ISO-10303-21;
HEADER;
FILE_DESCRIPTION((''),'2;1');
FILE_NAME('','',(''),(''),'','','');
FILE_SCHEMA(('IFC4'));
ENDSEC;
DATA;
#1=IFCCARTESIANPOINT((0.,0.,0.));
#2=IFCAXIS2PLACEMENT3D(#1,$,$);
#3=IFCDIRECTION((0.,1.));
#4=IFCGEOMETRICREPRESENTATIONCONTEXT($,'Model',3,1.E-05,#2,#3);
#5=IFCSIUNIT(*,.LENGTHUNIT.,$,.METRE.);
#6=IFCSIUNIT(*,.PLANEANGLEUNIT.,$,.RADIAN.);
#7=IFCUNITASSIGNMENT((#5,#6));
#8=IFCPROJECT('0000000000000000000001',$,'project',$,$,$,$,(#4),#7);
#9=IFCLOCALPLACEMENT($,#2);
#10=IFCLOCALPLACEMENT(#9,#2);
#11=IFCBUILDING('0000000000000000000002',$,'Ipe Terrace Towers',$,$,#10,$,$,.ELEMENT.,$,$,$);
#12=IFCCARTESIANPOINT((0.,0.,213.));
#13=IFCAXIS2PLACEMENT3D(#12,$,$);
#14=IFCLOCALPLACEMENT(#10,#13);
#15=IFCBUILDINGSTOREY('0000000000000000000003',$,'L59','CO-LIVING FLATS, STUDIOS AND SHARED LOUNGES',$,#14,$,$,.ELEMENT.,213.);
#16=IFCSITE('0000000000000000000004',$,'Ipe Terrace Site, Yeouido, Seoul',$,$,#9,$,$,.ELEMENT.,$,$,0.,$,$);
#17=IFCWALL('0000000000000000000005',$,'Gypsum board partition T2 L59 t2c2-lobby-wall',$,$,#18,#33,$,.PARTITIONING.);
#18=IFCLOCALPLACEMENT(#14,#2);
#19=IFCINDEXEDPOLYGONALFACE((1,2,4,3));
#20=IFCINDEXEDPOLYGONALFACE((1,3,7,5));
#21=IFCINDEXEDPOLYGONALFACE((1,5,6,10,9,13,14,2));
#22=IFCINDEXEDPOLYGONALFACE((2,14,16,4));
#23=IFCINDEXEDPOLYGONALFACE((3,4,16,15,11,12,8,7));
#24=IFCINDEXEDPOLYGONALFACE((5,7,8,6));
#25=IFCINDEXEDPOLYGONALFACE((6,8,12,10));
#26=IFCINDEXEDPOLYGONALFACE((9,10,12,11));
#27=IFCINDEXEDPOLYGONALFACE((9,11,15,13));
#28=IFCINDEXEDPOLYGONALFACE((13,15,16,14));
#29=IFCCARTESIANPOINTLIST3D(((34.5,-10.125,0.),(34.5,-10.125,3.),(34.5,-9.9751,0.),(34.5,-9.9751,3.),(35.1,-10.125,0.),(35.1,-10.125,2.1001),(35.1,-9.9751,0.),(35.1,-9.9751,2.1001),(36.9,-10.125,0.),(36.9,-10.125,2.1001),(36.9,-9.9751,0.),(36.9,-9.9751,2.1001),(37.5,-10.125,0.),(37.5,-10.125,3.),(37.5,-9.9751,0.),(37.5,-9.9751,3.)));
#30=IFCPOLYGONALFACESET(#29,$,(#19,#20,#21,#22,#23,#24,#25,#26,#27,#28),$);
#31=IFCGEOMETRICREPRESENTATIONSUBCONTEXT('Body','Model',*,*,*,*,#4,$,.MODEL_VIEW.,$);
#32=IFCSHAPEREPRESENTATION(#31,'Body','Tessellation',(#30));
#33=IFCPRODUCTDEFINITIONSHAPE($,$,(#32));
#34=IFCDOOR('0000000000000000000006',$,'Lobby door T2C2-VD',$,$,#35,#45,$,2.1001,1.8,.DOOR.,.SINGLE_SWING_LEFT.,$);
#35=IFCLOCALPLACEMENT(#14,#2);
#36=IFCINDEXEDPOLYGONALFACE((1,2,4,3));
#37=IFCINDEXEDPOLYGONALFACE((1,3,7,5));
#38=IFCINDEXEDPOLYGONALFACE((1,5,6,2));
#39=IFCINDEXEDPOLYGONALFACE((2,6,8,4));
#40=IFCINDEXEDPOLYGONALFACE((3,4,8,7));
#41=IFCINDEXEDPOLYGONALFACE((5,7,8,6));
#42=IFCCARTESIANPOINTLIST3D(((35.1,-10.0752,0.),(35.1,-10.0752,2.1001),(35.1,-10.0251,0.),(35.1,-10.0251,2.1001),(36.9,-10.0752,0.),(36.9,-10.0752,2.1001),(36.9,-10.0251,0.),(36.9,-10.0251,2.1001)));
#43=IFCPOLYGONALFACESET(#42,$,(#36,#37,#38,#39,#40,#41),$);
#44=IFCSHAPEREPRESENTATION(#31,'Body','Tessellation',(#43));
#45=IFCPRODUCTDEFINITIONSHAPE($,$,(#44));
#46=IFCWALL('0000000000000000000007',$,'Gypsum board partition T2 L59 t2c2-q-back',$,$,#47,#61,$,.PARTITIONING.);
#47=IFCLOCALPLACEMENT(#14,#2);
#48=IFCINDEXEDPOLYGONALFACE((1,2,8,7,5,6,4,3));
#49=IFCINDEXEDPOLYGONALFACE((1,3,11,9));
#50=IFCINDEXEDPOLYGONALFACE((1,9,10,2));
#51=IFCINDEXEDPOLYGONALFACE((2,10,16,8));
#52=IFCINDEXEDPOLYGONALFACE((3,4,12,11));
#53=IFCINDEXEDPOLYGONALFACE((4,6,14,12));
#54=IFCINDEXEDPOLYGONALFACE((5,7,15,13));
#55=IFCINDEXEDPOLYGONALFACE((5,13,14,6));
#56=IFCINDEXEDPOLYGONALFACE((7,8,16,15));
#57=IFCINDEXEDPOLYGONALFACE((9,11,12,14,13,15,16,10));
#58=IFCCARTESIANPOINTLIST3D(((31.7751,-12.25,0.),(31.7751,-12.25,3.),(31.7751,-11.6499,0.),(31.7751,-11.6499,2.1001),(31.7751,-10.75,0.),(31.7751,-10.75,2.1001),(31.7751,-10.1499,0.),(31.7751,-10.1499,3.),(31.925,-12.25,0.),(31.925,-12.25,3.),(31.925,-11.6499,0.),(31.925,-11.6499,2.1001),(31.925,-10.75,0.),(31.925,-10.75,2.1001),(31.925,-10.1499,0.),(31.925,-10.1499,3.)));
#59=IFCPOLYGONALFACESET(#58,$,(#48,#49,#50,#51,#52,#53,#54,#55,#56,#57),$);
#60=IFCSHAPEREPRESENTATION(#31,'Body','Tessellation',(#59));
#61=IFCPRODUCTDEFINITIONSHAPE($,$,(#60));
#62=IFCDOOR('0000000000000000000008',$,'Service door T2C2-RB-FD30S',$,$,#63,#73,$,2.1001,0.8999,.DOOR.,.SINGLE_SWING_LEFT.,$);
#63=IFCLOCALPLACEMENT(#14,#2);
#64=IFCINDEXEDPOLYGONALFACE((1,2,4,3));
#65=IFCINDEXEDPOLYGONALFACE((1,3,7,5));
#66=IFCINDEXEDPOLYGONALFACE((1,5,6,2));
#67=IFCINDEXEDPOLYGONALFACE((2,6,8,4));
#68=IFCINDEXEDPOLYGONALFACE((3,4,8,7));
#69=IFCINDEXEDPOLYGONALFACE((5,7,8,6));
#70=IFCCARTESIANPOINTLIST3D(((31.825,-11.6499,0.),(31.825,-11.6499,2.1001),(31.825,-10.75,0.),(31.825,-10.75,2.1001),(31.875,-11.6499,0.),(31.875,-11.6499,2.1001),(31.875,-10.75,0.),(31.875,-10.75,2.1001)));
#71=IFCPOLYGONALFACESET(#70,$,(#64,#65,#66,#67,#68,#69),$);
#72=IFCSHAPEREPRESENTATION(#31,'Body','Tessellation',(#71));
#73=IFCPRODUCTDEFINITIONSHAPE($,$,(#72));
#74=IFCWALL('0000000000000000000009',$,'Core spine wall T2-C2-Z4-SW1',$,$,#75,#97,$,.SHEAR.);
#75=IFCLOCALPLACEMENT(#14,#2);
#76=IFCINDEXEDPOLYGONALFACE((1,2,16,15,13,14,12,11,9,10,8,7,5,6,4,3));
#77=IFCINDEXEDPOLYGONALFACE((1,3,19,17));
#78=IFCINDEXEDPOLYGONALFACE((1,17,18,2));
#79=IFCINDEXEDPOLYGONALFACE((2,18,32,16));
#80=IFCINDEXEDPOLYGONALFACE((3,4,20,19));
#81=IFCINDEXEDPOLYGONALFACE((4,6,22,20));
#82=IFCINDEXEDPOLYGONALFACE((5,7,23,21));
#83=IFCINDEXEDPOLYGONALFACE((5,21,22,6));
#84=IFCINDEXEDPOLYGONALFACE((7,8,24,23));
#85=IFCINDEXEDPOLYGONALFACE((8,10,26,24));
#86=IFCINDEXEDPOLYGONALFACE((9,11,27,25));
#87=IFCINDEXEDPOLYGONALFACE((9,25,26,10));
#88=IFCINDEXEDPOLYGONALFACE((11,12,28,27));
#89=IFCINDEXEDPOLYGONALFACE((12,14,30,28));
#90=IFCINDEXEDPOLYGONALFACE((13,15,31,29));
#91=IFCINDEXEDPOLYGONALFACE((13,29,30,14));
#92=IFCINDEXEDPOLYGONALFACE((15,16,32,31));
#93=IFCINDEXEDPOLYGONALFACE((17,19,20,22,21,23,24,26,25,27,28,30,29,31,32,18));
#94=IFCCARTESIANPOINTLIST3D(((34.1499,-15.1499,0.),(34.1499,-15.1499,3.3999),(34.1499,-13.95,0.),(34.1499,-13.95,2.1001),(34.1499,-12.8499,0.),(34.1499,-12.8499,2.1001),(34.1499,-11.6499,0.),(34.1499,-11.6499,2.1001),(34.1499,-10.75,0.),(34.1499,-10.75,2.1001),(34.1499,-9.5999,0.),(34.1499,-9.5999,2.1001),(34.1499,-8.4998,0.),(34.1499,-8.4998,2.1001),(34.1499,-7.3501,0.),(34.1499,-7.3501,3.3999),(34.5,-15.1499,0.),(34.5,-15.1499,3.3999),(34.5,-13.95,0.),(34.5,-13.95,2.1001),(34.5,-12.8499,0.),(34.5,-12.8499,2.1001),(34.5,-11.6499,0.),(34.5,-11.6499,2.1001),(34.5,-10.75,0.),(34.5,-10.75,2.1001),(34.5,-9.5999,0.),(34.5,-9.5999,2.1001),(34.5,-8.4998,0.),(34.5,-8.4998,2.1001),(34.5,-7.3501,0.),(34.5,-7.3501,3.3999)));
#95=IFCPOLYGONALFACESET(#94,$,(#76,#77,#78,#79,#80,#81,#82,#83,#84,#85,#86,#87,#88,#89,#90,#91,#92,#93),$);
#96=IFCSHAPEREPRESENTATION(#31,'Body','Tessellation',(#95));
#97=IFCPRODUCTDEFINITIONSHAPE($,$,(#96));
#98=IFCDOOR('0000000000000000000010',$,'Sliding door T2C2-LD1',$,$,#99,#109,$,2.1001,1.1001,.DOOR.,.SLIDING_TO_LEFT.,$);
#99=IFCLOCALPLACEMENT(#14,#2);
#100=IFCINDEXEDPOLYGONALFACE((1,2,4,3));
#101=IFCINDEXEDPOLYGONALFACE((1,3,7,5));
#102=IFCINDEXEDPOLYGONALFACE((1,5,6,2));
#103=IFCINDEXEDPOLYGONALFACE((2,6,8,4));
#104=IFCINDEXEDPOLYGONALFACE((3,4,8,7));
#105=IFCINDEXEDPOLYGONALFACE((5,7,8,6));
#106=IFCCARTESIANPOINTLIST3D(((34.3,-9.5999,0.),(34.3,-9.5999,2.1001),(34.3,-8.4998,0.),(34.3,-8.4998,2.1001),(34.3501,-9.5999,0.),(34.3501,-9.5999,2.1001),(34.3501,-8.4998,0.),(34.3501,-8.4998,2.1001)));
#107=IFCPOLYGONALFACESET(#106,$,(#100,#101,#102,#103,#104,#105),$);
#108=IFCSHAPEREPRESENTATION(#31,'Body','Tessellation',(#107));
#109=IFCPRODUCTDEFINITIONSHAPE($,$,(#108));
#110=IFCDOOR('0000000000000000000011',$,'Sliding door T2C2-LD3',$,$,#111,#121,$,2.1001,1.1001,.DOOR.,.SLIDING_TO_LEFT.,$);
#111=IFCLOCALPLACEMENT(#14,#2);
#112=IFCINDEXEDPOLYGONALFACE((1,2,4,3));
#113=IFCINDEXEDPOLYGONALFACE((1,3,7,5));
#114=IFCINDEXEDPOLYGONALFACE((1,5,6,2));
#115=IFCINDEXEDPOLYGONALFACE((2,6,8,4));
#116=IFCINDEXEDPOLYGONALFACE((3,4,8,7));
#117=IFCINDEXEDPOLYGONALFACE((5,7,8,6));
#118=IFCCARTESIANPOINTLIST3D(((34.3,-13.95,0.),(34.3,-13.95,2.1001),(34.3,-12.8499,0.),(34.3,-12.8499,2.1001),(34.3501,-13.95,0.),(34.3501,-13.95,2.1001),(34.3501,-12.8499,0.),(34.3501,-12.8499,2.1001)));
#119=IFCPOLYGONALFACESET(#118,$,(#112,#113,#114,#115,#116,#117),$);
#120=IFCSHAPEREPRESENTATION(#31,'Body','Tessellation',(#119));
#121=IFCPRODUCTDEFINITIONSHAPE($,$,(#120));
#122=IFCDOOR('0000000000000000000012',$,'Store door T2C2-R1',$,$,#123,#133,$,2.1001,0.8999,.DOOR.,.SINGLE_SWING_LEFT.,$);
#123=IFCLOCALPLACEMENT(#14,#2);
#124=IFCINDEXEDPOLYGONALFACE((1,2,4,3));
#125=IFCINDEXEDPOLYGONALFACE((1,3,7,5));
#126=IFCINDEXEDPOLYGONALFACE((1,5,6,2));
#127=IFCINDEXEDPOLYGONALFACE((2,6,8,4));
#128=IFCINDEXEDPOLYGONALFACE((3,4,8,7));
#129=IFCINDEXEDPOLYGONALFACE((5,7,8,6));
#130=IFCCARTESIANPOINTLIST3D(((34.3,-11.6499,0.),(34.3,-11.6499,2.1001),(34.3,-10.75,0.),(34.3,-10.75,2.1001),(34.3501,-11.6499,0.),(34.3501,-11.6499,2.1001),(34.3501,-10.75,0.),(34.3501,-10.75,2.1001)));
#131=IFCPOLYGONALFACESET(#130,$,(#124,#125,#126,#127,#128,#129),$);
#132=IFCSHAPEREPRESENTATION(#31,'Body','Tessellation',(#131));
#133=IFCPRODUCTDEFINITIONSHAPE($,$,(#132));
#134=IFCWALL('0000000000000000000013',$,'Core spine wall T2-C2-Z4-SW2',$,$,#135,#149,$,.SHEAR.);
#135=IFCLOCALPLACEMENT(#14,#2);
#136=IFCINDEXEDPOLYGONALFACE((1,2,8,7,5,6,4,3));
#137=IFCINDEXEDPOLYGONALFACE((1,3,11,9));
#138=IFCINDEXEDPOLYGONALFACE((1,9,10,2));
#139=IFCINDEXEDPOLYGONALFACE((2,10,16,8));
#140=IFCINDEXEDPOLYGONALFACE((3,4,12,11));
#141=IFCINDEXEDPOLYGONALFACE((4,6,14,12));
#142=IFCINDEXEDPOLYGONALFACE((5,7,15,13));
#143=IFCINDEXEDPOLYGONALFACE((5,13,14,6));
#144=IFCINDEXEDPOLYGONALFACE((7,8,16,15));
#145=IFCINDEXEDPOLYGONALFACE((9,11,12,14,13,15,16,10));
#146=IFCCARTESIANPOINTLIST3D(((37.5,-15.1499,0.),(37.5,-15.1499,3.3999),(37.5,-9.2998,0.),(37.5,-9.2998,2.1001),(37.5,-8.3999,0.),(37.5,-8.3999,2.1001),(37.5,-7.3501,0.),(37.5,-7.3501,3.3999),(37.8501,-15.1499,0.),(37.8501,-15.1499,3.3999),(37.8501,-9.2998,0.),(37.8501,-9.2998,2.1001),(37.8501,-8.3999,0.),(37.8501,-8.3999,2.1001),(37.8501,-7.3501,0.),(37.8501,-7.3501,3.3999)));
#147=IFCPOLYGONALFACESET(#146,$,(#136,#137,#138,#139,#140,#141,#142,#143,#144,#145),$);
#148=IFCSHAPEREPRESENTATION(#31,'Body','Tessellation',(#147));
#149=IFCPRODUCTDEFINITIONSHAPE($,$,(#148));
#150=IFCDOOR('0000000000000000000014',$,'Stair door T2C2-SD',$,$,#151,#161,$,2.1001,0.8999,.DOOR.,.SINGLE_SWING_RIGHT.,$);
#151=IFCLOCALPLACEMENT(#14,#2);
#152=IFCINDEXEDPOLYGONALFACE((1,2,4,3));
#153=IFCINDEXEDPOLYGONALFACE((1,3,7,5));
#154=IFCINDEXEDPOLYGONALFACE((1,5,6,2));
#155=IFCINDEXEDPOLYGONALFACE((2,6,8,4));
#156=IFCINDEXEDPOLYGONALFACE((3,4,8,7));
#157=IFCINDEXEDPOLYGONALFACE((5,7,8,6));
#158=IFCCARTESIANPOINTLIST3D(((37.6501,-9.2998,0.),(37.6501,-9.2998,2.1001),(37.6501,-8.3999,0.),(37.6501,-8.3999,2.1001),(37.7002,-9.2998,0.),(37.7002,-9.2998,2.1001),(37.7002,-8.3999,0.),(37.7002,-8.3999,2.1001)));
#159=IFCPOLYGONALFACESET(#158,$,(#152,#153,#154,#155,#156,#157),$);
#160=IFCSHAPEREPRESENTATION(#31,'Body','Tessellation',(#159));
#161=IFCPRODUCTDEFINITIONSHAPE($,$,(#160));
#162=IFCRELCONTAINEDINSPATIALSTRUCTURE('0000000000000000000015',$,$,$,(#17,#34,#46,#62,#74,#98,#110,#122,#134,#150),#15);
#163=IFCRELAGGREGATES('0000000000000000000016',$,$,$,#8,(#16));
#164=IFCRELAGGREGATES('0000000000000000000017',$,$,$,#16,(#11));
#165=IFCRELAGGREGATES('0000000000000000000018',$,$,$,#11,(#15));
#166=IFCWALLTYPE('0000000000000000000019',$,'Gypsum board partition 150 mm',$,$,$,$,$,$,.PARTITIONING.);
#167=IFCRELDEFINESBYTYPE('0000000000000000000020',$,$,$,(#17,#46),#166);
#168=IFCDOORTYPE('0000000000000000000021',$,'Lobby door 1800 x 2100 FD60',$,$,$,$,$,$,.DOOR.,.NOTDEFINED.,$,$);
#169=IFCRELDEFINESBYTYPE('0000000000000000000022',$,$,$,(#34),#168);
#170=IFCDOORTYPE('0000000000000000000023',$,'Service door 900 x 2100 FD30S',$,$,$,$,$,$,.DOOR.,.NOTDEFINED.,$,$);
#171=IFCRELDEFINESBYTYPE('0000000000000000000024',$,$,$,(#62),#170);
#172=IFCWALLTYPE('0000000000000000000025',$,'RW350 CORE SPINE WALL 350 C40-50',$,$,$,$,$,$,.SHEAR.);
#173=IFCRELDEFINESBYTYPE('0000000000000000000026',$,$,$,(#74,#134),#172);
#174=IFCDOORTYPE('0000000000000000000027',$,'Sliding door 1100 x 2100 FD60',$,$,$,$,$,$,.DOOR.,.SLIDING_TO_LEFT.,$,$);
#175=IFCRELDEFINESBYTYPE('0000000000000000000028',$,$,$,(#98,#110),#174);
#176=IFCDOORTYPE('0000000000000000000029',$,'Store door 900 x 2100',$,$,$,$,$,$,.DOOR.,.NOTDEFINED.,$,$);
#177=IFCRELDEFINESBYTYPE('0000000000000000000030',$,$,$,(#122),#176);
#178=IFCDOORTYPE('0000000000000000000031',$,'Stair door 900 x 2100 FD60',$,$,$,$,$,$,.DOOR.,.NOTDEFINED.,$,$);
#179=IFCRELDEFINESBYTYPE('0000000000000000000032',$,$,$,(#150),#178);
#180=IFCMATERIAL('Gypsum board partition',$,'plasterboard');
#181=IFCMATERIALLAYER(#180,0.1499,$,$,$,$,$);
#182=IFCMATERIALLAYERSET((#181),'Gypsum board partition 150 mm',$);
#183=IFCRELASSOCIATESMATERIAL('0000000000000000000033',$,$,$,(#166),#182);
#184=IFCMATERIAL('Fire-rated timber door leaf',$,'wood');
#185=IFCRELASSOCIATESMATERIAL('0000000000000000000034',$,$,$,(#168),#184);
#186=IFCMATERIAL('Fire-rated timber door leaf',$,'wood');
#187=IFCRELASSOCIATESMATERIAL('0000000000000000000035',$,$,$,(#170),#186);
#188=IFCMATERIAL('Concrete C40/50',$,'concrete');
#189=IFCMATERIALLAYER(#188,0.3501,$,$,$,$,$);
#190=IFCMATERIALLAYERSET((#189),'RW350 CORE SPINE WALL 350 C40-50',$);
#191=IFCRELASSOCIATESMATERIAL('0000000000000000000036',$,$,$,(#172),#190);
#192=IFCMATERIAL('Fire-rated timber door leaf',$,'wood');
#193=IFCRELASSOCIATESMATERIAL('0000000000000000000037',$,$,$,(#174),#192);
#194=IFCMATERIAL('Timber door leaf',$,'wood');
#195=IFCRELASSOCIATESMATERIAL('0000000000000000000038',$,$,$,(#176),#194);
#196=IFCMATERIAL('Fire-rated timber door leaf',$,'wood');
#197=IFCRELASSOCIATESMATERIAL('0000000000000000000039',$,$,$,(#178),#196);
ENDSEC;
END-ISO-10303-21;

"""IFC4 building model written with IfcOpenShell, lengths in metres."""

from ifc_helpers import new_model, si_unit, direction, frame, frame_2d, origin, place, context, subcontext, project, spatial, rectangle, extrude, material, layer, layer_set, type_object, element, fill, save


model = new_model("IFC4")

# Units and contexts
model_context = context("Model", 3, precision=1e-05, world=origin(), true_north=direction((0.0, 1.0)))
body_context = subcontext(model_context, "Body", "Model", "MODEL_VIEW")
ifc_project = project(units=[si_unit("LENGTHUNIT", "METRE"), si_unit("PLANEANGLEUNIT", "RADIAN")], contexts=[model_context])

# Site, building, storey
site_placement = place(None, origin())
site = spatial("IfcSite", under=ifc_project, at=site_placement, Name="Ipe Terrace Site, Yeouido, Seoul", CompositionType="ELEMENT", RefElevation=0.0)
building_placement = place(site_placement, origin())
building = spatial("IfcBuilding", under=site, at=building_placement, Name="Ipe Terrace Towers", CompositionType="ELEMENT")
storey_placement = place(building_placement, frame((0.0, 0.0, 213.0)))
storey = spatial("IfcBuildingStorey", under=building, at=storey_placement, Name="L59", Description="CO-LIVING FLATS, STUDIOS AND SHARED LOUNGES", CompositionType="ELEMENT", Elevation=213.0)

# Walls, openings, doors
ifc_material_1 = material(Name="Gypsum board partition", Category="plasterboard")
ifc_layer_1 = layer(ifc_material_1, 0.1499)
ifc_layer_set_1 = layer_set([ifc_layer_1], Name="Gypsum board partition 150 mm")
wall_type_1 = type_object("IfcWallType", Name="Gypsum board partition 150 mm", PredefinedType="PARTITIONING", material=ifc_layer_set_1)
wall_1_placement = place(storey_placement, frame((34.5, -10.05, 0.0), z_axis=(0.0, 0.0, 1.0), x_axis=(1.0, 0.0, 0.0)))
wall_1 = element("IfcWall", 1, at=wall_1_placement, inside=storey, type_object=wall_type_1, Name="Gypsum board partition T2 L59 t2c2-lobby-wall", PredefinedType="PARTITIONING", context=body_context, shape_type="SweptSolid", body=[
    extrude(rectangle(XDim=3.0, YDim=0.1499, at=frame_2d((1.5, 0.0))), origin(), (0.0, 0.0, 1.0), 3.0),
])
opening_1_placement = place(wall_1_placement, frame((0.6001, 0.0, 0.0)))
opening_1 = element("IfcOpeningElement", 2, at=opening_1_placement, cuts=wall_1, PredefinedType="OPENING", context=body_context, shape_type="SweptSolid", body=[
    extrude(rectangle(XDim=1.8, YDim=2.1001, at=frame_2d((0.8999, 1.05))), frame((0.0, 0.085, 0.0), z_axis=(0.0, -1.0, 0.0), x_axis=(1.0, 0.0, 0.0)), (0.0, 0.0, 1.0), 0.1699),
])
ifc_material_2 = material(Name="Fire-rated timber door leaf", Category="wood")
door_type_1 = type_object("IfcDoorType", Name="Lobby door 1800 x 2100 FD60", OperationType="NOTDEFINED", PredefinedType="DOOR", material=ifc_material_2)
door_1_placement = place(opening_1_placement, origin())
door_1 = element("IfcDoor", 3, at=door_1_placement, inside=storey, type_object=door_type_1, Name="Lobby door T2C2-VD", OperationType="SINGLE_SWING_LEFT", OverallHeight=2.1001, OverallWidth=1.8, PredefinedType="DOOR", context=body_context, shape_type="SweptSolid", body=[
    extrude(rectangle(XDim=1.8, YDim=2.1001, at=frame_2d((0.8999, 1.05))), frame((0.0, 0.0249, 0.0), z_axis=(0.0, -1.0, 0.0), x_axis=(1.0, 0.0, 0.0)), (0.0, 0.0, 1.0), 0.05),
])
fill(opening_1, door_1)
wall_2_placement = place(storey_placement, frame((31.8501, -10.1499, 0.0), z_axis=(0.0, 0.0, 1.0), x_axis=(0.0, -1.0, 0.0)))
wall_2 = element("IfcWall", 4, at=wall_2_placement, inside=storey, type_object=wall_type_1, Name="Gypsum board partition T2 L59 t2c2-q-back", PredefinedType="PARTITIONING", context=body_context, shape_type="SweptSolid", body=[
    extrude(rectangle(XDim=2.1001, YDim=0.1499, at=frame_2d((1.05, 0.0))), origin(), (0.0, 0.0, 1.0), 3.0),
])
opening_2_placement = place(wall_2_placement, frame((0.6001, 0.0, 0.0)))
opening_2 = element("IfcOpeningElement", 5, at=opening_2_placement, cuts=wall_2, PredefinedType="OPENING", context=body_context, shape_type="SweptSolid", body=[
    extrude(rectangle(XDim=0.8999, YDim=2.1001, at=frame_2d((0.45, 1.05))), frame((0.0, 0.085, 0.0), z_axis=(0.0, -1.0, 0.0), x_axis=(1.0, 0.0, 0.0)), (0.0, 0.0, 1.0), 0.1699),
])
ifc_material_3 = material(Name="Fire-rated timber door leaf", Category="wood")
door_type_2 = type_object("IfcDoorType", Name="Service door 900 x 2100 FD30S", OperationType="NOTDEFINED", PredefinedType="DOOR", material=ifc_material_3)
door_2_placement = place(opening_2_placement, origin())
door_2 = element("IfcDoor", 6, at=door_2_placement, inside=storey, type_object=door_type_2, Name="Service door T2C2-RB-FD30S", OperationType="SINGLE_SWING_LEFT", OverallHeight=2.1001, OverallWidth=0.8999, PredefinedType="DOOR", context=body_context, shape_type="SweptSolid", body=[
    extrude(rectangle(XDim=0.8999, YDim=2.1001, at=frame_2d((0.45, 1.05))), frame((0.0, 0.0249, 0.0), z_axis=(0.0, -1.0, 0.0), x_axis=(1.0, 0.0, 0.0)), (0.0, 0.0, 1.0), 0.05),
])
fill(opening_2, door_2)

# Wall, openings, doors
ifc_material_4 = material(Name="Concrete C40/50", Category="concrete")
ifc_layer_2 = layer(ifc_material_4, 0.3501)
ifc_layer_set_2 = layer_set([ifc_layer_2], Name="RW350 CORE SPINE WALL 350 C40-50")
wall_type_2 = type_object("IfcWallType", Name="RW350 CORE SPINE WALL 350 C40-50", PredefinedType="SHEAR", material=ifc_layer_set_2)
wall_3_placement = place(storey_placement, frame((34.325, -15.1499, 0.0), z_axis=(0.0, 0.0, 1.0), x_axis=(0.0, 1.0, 0.0)))
wall_3 = element("IfcWall", 7, at=wall_3_placement, inside=storey, type_object=wall_type_2, Name="Core spine wall T2-C2-Z4-SW1", PredefinedType="SHEAR", context=body_context, shape_type="SweptSolid", body=[
    extrude(rectangle(XDim=7.7998, YDim=0.3501, at=frame_2d((3.8999, 0.0))), origin(), (0.0, 0.0, 1.0), 3.3999),
])
opening_3_placement = place(wall_3_placement, frame((5.55, 0.0, 0.0)))
opening_3 = element("IfcOpeningElement", 8, at=opening_3_placement, cuts=wall_3, PredefinedType="OPENING", context=body_context, shape_type="SweptSolid", body=[
    extrude(rectangle(XDim=1.1001, YDim=2.1001, at=frame_2d((0.55, 1.05))), frame((0.0, 0.1851, 0.0), z_axis=(0.0, -1.0, 0.0), x_axis=(1.0, 0.0, 0.0)), (0.0, 0.0, 1.0), 0.3701),
])
opening_4_placement = place(wall_3_placement, frame((1.2, 0.0, 0.0)))
opening_4 = element("IfcOpeningElement", 9, at=opening_4_placement, cuts=wall_3, PredefinedType="OPENING", context=body_context, shape_type="SweptSolid", body=[
    extrude(rectangle(XDim=1.1001, YDim=2.1001, at=frame_2d((0.55, 1.05))), frame((0.0, 0.1851, 0.0), z_axis=(0.0, -1.0, 0.0), x_axis=(1.0, 0.0, 0.0)), (0.0, 0.0, 1.0), 0.3701),
])
opening_5_placement = place(wall_3_placement, frame((3.5, 0.0, 0.0)))
opening_5 = element("IfcOpeningElement", 10, at=opening_5_placement, cuts=wall_3, PredefinedType="OPENING", context=body_context, shape_type="SweptSolid", body=[
    extrude(rectangle(XDim=0.8999, YDim=2.1001, at=frame_2d((0.45, 1.05))), frame((0.0, 0.1851, 0.0), z_axis=(0.0, -1.0, 0.0), x_axis=(1.0, 0.0, 0.0)), (0.0, 0.0, 1.0), 0.3701),
])
ifc_material_5 = material(Name="Fire-rated timber door leaf", Category="wood")
door_type_3 = type_object("IfcDoorType", Name="Sliding door 1100 x 2100 FD60", OperationType="SLIDING_TO_LEFT", PredefinedType="DOOR", material=ifc_material_5)
door_3_placement = place(opening_3_placement, origin())
door_3 = element("IfcDoor", 11, at=door_3_placement, inside=storey, type_object=door_type_3, Name="Sliding door T2C2-LD1", OperationType="SLIDING_TO_LEFT", OverallHeight=2.1001, OverallWidth=1.1001, PredefinedType="DOOR", context=body_context, shape_type="SweptSolid", body=[
    extrude(rectangle(XDim=1.1001, YDim=2.1001, at=frame_2d((0.55, 1.05))), frame((0.0, 0.0249, 0.0), z_axis=(0.0, -1.0, 0.0), x_axis=(1.0, 0.0, 0.0)), (0.0, 0.0, 1.0), 0.05),
])
fill(opening_3, door_3)
door_4_placement = place(opening_4_placement, origin())
door_4 = element("IfcDoor", 12, at=door_4_placement, inside=storey, type_object=door_type_3, Name="Sliding door T2C2-LD3", OperationType="SLIDING_TO_LEFT", OverallHeight=2.1001, OverallWidth=1.1001, PredefinedType="DOOR", context=body_context, shape_type="SweptSolid", body=[
    extrude(rectangle(XDim=1.1001, YDim=2.1001, at=frame_2d((0.55, 1.05))), frame((0.0, 0.0249, 0.0), z_axis=(0.0, -1.0, 0.0), x_axis=(1.0, 0.0, 0.0)), (0.0, 0.0, 1.0), 0.05),
])
fill(opening_4, door_4)
ifc_material_6 = material(Name="Timber door leaf", Category="wood")
door_type_4 = type_object("IfcDoorType", Name="Store door 900 x 2100", OperationType="NOTDEFINED", PredefinedType="DOOR", material=ifc_material_6)
door_5_placement = place(opening_5_placement, origin())
door_5 = element("IfcDoor", 13, at=door_5_placement, inside=storey, type_object=door_type_4, Name="Store door T2C2-R1", OperationType="SINGLE_SWING_LEFT", OverallHeight=2.1001, OverallWidth=0.8999, PredefinedType="DOOR", context=body_context, shape_type="SweptSolid", body=[
    extrude(rectangle(XDim=0.8999, YDim=2.1001, at=frame_2d((0.45, 1.05))), frame((0.0, 0.0249, 0.0), z_axis=(0.0, -1.0, 0.0), x_axis=(1.0, 0.0, 0.0)), (0.0, 0.0, 1.0), 0.05),
])
fill(opening_5, door_5)

# Wall, opening, door
wall_4_placement = place(storey_placement, frame((37.675, -15.1499, 0.0), z_axis=(0.0, 0.0, 1.0), x_axis=(0.0, 1.0, 0.0)))
wall_4 = element("IfcWall", 14, at=wall_4_placement, inside=storey, type_object=wall_type_2, Name="Core spine wall T2-C2-Z4-SW2", PredefinedType="SHEAR", context=body_context, shape_type="SweptSolid", body=[
    extrude(rectangle(XDim=7.7998, YDim=0.3501, at=frame_2d((3.8999, 0.0))), origin(), (0.0, 0.0, 1.0), 3.3999),
])
opening_6_placement = place(wall_4_placement, frame((5.8501, 0.0, 0.0)))
opening_6 = element("IfcOpeningElement", 15, at=opening_6_placement, cuts=wall_4, PredefinedType="OPENING", context=body_context, shape_type="SweptSolid", body=[
    extrude(rectangle(XDim=0.8999, YDim=2.1001, at=frame_2d((0.45, 1.05))), frame((0.0, 0.1851, 0.0), z_axis=(0.0, -1.0, 0.0), x_axis=(1.0, 0.0, 0.0)), (0.0, 0.0, 1.0), 0.3701),
])
ifc_material_7 = material(Name="Fire-rated timber door leaf", Category="wood")
door_type_5 = type_object("IfcDoorType", Name="Stair door 900 x 2100 FD60", OperationType="NOTDEFINED", PredefinedType="DOOR", material=ifc_material_7)
door_6_placement = place(opening_6_placement, origin())
door_6 = element("IfcDoor", 16, at=door_6_placement, inside=storey, type_object=door_type_5, Name="Stair door T2C2-SD", OperationType="SINGLE_SWING_RIGHT", OverallHeight=2.1001, OverallWidth=0.8999, PredefinedType="DOOR", context=body_context, shape_type="SweptSolid", body=[
    extrude(rectangle(XDim=0.8999, YDim=2.1001, at=frame_2d((0.45, 1.05))), frame((0.0, 0.0249, 0.0), z_axis=(0.0, -1.0, 0.0), x_axis=(1.0, 0.0, 0.0)), (0.0, 0.0, 1.0), 0.05),
])
fill(opening_6, door_6)

save(model, "model.ifc")
